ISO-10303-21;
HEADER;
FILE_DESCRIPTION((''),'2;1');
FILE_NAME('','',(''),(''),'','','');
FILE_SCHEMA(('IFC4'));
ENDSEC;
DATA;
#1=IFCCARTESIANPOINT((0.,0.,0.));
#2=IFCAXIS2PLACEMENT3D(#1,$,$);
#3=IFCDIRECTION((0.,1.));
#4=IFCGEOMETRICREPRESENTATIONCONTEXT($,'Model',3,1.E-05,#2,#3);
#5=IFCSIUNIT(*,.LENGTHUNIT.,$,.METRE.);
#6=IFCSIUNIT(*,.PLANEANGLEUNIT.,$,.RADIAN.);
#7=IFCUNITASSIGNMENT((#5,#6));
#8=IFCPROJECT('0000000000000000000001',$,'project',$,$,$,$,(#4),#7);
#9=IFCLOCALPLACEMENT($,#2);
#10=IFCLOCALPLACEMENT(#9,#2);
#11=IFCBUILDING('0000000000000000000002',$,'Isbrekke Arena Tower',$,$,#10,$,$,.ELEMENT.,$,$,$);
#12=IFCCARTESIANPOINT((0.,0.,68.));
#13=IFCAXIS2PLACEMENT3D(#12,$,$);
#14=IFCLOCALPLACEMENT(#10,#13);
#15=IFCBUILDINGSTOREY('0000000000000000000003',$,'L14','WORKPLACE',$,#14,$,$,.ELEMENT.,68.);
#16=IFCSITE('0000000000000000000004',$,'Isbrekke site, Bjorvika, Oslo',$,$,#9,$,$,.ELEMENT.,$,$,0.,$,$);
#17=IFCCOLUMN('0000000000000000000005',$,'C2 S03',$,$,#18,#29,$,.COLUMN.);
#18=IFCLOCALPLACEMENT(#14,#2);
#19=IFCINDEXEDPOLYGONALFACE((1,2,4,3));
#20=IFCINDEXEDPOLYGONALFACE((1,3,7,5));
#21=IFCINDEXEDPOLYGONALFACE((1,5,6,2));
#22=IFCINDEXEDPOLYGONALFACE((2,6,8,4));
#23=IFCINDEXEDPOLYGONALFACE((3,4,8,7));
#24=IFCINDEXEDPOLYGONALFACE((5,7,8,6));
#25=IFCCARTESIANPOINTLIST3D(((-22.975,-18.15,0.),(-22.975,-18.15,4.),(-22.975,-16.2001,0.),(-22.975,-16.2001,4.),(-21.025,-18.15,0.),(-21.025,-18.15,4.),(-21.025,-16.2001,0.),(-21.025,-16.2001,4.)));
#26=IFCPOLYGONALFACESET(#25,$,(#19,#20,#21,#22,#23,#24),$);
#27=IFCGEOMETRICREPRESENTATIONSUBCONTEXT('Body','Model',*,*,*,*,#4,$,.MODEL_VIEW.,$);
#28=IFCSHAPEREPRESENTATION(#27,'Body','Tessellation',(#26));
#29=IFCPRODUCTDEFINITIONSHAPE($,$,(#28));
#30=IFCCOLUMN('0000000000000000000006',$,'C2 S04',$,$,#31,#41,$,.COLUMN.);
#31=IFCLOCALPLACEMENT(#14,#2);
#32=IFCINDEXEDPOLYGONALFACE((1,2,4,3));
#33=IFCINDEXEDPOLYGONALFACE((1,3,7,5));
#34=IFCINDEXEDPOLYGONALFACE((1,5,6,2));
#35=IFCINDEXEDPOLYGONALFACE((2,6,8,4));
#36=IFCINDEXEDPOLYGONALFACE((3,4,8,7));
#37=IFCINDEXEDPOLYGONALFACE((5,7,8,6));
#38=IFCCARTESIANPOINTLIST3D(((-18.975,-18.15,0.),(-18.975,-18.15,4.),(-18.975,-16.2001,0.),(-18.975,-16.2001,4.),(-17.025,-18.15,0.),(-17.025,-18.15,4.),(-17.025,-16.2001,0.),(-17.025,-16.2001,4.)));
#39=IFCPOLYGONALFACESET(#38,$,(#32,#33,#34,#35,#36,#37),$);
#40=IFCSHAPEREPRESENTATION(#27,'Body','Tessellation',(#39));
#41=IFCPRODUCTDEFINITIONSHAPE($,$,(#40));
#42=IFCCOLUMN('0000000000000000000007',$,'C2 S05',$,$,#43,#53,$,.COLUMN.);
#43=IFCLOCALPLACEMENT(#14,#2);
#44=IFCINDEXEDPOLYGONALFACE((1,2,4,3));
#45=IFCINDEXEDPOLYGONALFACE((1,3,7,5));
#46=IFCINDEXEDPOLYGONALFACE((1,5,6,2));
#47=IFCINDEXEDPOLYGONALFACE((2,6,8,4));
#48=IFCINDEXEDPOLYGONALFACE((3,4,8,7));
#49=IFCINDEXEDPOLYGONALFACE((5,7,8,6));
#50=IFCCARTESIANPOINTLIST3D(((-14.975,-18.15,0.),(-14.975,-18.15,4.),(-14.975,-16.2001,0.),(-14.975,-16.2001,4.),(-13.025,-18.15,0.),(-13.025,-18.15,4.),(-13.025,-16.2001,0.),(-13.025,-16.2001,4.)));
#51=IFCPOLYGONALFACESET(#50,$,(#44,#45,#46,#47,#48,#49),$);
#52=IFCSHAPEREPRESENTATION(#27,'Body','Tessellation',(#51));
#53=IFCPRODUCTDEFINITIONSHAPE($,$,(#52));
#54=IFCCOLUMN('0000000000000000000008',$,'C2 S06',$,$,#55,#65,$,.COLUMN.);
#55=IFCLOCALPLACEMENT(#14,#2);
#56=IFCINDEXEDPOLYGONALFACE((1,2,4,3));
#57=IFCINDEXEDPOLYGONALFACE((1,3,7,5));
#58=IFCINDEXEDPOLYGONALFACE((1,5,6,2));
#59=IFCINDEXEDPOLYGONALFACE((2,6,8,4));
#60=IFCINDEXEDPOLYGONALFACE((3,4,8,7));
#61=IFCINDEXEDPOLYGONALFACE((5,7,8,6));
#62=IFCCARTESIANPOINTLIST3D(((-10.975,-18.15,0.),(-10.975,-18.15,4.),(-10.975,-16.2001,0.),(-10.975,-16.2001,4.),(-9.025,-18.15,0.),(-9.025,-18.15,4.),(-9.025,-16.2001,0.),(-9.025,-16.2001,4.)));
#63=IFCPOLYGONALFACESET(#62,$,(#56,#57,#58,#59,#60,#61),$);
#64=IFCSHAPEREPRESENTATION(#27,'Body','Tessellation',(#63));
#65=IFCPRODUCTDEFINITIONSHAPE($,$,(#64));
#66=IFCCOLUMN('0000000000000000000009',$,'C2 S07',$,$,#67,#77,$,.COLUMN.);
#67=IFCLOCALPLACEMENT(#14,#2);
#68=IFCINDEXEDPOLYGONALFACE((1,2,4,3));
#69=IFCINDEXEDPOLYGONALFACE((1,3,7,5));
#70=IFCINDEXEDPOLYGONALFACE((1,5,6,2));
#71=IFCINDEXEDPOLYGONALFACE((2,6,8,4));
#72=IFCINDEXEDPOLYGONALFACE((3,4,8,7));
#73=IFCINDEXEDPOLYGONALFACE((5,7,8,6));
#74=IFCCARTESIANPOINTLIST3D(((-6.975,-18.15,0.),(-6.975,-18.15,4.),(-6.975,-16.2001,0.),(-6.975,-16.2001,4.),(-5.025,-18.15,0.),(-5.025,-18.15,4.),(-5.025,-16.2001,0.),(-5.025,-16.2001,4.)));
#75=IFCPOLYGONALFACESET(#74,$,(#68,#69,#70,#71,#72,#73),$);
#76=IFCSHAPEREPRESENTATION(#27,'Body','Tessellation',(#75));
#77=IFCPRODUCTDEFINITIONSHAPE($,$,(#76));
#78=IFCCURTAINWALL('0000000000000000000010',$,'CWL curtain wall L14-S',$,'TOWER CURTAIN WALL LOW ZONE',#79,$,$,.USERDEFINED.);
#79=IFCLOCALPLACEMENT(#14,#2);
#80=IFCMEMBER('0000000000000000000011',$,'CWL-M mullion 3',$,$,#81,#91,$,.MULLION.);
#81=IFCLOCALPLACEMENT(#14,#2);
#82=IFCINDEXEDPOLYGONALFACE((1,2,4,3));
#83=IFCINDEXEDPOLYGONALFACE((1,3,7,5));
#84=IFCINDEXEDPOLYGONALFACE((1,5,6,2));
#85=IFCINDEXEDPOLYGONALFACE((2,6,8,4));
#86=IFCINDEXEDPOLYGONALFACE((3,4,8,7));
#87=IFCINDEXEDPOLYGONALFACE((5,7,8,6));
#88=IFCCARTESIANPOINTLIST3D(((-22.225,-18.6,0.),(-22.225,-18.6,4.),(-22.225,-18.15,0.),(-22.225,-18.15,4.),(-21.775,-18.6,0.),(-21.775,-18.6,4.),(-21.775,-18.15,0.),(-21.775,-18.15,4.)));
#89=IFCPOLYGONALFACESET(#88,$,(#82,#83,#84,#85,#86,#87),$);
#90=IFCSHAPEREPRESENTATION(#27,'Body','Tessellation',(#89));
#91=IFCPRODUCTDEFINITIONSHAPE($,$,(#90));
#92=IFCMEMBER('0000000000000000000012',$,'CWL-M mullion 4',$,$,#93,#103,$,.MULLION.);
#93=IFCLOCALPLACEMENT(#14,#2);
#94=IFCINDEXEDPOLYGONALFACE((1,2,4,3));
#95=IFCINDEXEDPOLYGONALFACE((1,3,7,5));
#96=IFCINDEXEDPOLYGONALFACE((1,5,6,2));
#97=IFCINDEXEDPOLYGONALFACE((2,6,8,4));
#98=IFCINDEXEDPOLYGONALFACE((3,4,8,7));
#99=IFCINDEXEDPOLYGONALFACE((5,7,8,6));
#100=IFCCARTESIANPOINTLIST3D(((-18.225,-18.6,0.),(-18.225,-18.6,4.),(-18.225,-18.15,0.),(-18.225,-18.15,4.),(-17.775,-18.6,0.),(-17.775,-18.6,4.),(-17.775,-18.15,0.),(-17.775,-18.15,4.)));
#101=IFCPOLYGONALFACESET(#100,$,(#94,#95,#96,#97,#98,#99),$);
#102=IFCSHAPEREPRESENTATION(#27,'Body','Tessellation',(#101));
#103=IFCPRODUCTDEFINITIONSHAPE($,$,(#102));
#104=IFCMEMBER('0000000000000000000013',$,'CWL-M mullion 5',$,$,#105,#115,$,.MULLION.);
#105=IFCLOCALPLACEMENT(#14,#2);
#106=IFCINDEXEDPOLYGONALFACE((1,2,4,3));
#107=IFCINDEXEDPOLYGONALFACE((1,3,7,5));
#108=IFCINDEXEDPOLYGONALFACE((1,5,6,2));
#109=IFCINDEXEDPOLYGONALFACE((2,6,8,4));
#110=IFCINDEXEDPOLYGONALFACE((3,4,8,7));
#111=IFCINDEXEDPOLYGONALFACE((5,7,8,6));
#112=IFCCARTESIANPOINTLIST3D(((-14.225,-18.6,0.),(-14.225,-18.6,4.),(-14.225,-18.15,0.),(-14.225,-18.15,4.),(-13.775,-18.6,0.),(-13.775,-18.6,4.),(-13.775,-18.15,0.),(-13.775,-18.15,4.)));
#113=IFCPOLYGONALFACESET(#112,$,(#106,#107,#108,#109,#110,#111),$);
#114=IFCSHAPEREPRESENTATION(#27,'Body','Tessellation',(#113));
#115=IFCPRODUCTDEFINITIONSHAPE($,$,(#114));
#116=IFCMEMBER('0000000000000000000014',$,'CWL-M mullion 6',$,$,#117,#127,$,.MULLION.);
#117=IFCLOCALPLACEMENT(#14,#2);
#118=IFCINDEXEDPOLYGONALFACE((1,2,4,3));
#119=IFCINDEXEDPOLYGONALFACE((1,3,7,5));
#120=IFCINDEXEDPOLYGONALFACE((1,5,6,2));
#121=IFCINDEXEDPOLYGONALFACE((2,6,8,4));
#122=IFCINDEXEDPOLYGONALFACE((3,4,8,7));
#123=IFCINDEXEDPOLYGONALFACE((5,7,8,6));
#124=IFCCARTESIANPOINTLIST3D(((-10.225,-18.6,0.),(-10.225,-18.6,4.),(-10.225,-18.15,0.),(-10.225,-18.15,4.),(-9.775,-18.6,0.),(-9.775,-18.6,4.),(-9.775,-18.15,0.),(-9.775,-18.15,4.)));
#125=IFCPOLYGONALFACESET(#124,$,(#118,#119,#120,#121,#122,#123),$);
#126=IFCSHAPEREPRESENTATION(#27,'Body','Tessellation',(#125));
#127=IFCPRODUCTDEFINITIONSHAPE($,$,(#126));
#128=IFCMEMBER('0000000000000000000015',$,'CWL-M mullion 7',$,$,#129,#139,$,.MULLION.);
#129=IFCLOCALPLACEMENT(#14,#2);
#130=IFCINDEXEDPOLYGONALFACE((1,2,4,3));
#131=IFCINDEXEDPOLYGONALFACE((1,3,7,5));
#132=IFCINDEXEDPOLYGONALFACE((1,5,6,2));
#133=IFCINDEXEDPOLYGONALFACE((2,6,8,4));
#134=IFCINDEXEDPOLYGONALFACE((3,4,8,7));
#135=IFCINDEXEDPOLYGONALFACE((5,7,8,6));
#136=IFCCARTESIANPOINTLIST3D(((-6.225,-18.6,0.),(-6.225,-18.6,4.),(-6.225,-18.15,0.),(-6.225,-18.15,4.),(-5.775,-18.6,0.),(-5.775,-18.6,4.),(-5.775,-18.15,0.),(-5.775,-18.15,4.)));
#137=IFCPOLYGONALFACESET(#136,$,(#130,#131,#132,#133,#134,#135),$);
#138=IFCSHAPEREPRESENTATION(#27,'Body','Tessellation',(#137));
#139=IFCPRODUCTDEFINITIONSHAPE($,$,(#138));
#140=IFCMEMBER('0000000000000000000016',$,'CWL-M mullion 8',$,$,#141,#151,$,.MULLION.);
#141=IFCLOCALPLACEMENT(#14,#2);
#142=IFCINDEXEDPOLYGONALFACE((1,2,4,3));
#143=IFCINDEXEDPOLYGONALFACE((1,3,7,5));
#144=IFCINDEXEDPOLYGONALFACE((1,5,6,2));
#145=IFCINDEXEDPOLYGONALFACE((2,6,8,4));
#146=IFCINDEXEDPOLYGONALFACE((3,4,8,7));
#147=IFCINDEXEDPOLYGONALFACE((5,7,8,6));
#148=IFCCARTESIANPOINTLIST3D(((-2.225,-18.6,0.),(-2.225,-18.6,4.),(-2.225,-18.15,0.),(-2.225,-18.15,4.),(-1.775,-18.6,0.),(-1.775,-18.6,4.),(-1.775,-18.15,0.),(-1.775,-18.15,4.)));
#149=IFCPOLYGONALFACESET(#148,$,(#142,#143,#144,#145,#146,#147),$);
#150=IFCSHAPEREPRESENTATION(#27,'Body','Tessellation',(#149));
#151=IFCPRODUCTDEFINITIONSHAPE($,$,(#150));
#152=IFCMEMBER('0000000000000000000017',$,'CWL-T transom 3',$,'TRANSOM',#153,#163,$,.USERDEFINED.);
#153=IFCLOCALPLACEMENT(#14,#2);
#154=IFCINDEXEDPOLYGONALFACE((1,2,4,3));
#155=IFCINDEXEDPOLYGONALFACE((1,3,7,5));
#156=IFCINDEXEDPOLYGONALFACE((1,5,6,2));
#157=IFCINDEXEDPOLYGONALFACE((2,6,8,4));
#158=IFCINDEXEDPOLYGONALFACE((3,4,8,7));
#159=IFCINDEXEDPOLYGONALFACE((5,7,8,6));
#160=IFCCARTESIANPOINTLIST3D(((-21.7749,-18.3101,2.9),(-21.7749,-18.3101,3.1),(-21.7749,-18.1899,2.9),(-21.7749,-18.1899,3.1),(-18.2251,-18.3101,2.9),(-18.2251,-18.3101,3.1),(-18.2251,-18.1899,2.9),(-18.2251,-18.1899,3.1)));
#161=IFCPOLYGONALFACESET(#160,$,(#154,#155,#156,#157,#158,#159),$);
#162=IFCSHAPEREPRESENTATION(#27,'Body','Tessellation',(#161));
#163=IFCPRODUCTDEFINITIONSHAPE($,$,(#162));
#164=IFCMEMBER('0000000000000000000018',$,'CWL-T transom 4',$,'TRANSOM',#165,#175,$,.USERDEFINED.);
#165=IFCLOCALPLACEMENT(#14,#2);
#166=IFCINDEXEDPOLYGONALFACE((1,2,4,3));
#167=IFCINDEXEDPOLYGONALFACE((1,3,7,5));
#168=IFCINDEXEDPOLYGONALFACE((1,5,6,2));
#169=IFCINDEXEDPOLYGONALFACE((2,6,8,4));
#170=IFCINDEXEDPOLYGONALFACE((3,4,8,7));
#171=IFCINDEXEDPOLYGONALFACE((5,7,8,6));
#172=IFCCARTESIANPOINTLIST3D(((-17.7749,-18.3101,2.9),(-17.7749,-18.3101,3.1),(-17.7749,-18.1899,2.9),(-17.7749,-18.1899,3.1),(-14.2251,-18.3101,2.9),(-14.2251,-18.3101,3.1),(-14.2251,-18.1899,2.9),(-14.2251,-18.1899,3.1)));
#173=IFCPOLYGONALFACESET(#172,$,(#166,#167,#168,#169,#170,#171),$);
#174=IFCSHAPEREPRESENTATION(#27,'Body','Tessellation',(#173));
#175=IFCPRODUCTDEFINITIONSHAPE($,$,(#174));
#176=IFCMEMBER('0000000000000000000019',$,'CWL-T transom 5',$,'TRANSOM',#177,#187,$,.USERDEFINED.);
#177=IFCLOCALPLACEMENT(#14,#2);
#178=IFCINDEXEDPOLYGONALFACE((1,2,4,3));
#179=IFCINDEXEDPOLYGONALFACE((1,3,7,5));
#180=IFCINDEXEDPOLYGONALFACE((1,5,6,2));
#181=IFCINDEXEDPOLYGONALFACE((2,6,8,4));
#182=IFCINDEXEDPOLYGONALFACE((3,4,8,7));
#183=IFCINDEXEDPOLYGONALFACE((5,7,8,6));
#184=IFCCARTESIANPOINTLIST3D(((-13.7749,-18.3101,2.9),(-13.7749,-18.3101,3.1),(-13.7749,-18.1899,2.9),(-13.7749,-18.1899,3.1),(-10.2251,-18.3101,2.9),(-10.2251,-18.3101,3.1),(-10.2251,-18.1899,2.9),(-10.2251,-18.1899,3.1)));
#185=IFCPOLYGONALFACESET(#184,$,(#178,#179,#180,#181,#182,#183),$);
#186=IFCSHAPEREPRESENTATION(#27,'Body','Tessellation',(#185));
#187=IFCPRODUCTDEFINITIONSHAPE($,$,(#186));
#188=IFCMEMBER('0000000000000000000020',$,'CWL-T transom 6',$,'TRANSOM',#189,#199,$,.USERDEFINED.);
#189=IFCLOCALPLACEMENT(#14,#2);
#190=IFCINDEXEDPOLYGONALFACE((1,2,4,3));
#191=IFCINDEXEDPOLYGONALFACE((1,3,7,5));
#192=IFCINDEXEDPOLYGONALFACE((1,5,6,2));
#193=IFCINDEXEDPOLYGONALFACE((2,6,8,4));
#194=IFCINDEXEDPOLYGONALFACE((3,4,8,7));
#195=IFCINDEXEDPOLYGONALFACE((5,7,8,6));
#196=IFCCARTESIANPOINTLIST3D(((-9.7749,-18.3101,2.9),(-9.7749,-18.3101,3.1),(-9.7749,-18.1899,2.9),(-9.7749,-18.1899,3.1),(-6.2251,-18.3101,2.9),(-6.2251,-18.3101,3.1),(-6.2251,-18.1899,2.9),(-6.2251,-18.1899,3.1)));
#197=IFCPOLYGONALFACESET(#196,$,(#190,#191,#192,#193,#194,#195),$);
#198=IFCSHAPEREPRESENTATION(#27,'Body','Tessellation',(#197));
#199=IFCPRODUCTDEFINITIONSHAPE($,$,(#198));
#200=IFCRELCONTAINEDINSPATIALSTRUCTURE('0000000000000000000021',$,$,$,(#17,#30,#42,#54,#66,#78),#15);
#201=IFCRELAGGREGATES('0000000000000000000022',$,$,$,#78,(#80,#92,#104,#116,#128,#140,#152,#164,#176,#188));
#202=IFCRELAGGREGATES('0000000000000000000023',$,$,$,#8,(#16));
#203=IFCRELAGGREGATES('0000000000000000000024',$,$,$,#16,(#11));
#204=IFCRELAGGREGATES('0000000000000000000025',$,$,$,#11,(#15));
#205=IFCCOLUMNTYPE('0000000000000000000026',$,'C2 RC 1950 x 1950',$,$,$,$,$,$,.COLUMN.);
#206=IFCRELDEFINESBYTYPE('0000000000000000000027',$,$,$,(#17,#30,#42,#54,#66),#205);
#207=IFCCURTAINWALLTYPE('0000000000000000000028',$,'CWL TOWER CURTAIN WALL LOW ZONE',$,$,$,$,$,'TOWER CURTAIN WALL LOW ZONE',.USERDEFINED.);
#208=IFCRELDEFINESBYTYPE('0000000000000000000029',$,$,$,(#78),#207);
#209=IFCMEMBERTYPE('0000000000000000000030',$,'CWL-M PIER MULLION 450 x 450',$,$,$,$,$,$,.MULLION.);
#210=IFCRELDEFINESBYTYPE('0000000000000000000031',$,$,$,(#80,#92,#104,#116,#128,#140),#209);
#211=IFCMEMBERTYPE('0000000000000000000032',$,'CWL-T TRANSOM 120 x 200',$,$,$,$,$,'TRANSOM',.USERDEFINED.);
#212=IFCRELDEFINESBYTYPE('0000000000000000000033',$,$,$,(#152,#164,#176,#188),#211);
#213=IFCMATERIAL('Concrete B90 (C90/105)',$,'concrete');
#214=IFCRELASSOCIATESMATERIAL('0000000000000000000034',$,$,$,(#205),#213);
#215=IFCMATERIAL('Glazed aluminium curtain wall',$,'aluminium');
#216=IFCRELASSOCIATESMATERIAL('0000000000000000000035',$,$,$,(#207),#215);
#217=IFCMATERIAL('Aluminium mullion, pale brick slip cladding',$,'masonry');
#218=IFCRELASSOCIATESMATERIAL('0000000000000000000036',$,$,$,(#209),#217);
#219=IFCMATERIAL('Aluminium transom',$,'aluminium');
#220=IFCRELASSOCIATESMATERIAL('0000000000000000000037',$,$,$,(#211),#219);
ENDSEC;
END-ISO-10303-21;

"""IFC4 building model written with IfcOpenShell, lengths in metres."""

from ifc_helpers import new_model, si_unit, direction, frame, origin, origin_2d, place, context, subcontext, project, spatial, rectangle, extrude, material, material_profile, profile_set, type_object, element, aggregate, save


model = new_model("IFC4")

# Units and contexts
model_context = context("Model", 3, precision=1e-05, world=origin(), true_north=direction((0.0, 1.0)))
body_context = subcontext(model_context, "Body", "Model", "MODEL_VIEW")
ifc_project = project(units=[si_unit("LENGTHUNIT", "METRE"), si_unit("PLANEANGLEUNIT", "RADIAN")], contexts=[model_context])

# Site, building, storey
site_placement = place(None, origin())
site = spatial("IfcSite", under=ifc_project, at=site_placement, Name="Isbrekke site, Bjorvika, Oslo", CompositionType="ELEMENT", RefElevation=0.0)
building_placement = place(site_placement, origin())
building = spatial("IfcBuilding", under=site, at=building_placement, Name="Isbrekke Arena Tower", CompositionType="ELEMENT")
storey_placement = place(building_placement, frame((0.0, 0.0, 68.0)))
storey = spatial("IfcBuildingStorey", under=building, at=storey_placement, Name="L14", Description="WORKPLACE", CompositionType="ELEMENT", Elevation=68.0)

# Columns
ifc_material_1 = material(Name="Concrete B90 (C90/105)", Category="concrete")
ifc_material_profile_1 = material_profile(ifc_material_1, rectangle(XDim=1.95, YDim=1.95, at=origin_2d()), Name="RC 1950x1950")
ifc_profile_set_1 = profile_set([ifc_material_profile_1], Name="Concrete B90 (C90/105)")
column_type = type_object("IfcColumnType", Name="C2 RC 1950 x 1950", PredefinedType="COLUMN", material=ifc_profile_set_1)
for number, where, z_axis, x_axis, name in (
    (1, (-22.0, -17.175, 0.0), (0.0, 0.0, 1.0), (1.0, 0.0, 0.0), "C2 S03"),
    (2, (-18.0, -17.175, 0.0), (0.0, 0.0, 1.0), (1.0, 0.0, 0.0), "C2 S04"),
    (3, (-14.0, -17.175, 0.0), (0.0, 0.0, 1.0), (1.0, 0.0, 0.0), "C2 S05"),
    (4, (-10.0, -17.175, 0.0), (0.0, 0.0, 1.0), (1.0, 0.0, 0.0), "C2 S06"),
    (5, (-6.0, -17.175, 0.0), (0.0, 0.0, 1.0), (1.0, 0.0, 0.0), "C2 S07"),
):
    element("IfcColumn", number, at=place(storey_placement, frame(where, z_axis=z_axis, x_axis=x_axis)), inside=storey, type_object=column_type, Name=name, PredefinedType="COLUMN", context=body_context, shape_type="SweptSolid", body=[
        extrude(rectangle(XDim=1.95, YDim=1.95, at=origin_2d()), origin(), (0.0, 0.0, 1.0), 4.0),
    ])

# Curtain wall, members
ifc_material_2 = material(Name="Glazed aluminium curtain wall", Category="aluminium")
curtain_wall_type = type_object("IfcCurtainWallType", Name="CWL TOWER CURTAIN WALL LOW ZONE", ElementType="TOWER CURTAIN WALL LOW ZONE", PredefinedType="USERDEFINED", material=ifc_material_2)
curtain_wall_placement = place(storey_placement, origin())
curtain_wall = element("IfcCurtainWall", 6, at=curtain_wall_placement, inside=storey, type_object=curtain_wall_type, Name="CWL curtain wall L14-S", ObjectType="TOWER CURTAIN WALL LOW ZONE", PredefinedType="USERDEFINED")
ifc_material_3 = material(Name="Aluminium mullion, pale brick slip cladding", Category="masonry")
ifc_material_profile_2 = material_profile(ifc_material_3, rectangle(XDim=0.45, YDim=0.45, at=origin_2d()), Name="PIER 450X450")
ifc_profile_set_2 = profile_set([ifc_material_profile_2], Name="Aluminium mullion, pale brick slip cladding")
member_type_1 = type_object("IfcMemberType", Name="CWL-M PIER MULLION 450 x 450", PredefinedType="MULLION", material=ifc_profile_set_2)
member_1_placement = place(storey_placement, frame((-22.0, -18.375, 0.0), z_axis=(0.0, 0.0, 1.0), x_axis=(1.0, 0.0, 0.0)))
member_1 = element("IfcMember", 7, at=member_1_placement, type_object=member_type_1, Name="CWL-M mullion 3", PredefinedType="MULLION", context=body_context, shape_type="SweptSolid", body=[
    extrude(rectangle(XDim=0.45, YDim=0.45, at=origin_2d()), origin(), (0.0, 0.0, 1.0), 4.0),
])
member_2_placement = place(storey_placement, frame((-18.0, -18.375, 0.0), z_axis=(0.0, 0.0, 1.0), x_axis=(1.0, 0.0, 0.0)))
member_2 = element("IfcMember", 8, at=member_2_placement, type_object=member_type_1, Name="CWL-M mullion 4", PredefinedType="MULLION", context=body_context, shape_type="SweptSolid", body=[
    extrude(rectangle(XDim=0.45, YDim=0.45, at=origin_2d()), origin(), (0.0, 0.0, 1.0), 4.0),
])
member_3_placement = place(storey_placement, frame((-14.0, -18.375, 0.0), z_axis=(0.0, 0.0, 1.0), x_axis=(1.0, 0.0, 0.0)))
member_3 = element("IfcMember", 9, at=member_3_placement, type_object=member_type_1, Name="CWL-M mullion 5", PredefinedType="MULLION", context=body_context, shape_type="SweptSolid", body=[
    extrude(rectangle(XDim=0.45, YDim=0.45, at=origin_2d()), origin(), (0.0, 0.0, 1.0), 4.0),
])
member_4_placement = place(storey_placement, frame((-10.0, -18.375, 0.0), z_axis=(0.0, 0.0, 1.0), x_axis=(1.0, 0.0, 0.0)))
member_4 = element("IfcMember", 10, at=member_4_placement, type_object=member_type_1, Name="CWL-M mullion 6", PredefinedType="MULLION", context=body_context, shape_type="SweptSolid", body=[
    extrude(rectangle(XDim=0.45, YDim=0.45, at=origin_2d()), origin(), (0.0, 0.0, 1.0), 4.0),
])
member_5_placement = place(storey_placement, frame((-6.0, -18.375, 0.0), z_axis=(0.0, 0.0, 1.0), x_axis=(1.0, 0.0, 0.0)))
member_5 = element("IfcMember", 11, at=member_5_placement, type_object=member_type_1, Name="CWL-M mullion 7", PredefinedType="MULLION", context=body_context, shape_type="SweptSolid", body=[
    extrude(rectangle(XDim=0.45, YDim=0.45, at=origin_2d()), origin(), (0.0, 0.0, 1.0), 4.0),
])
member_6_placement = place(storey_placement, frame((-2.0, -18.375, 0.0), z_axis=(0.0, 0.0, 1.0), x_axis=(1.0, 0.0, 0.0)))
member_6 = element("IfcMember", 12, at=member_6_placement, type_object=member_type_1, Name="CWL-M mullion 8", PredefinedType="MULLION", context=body_context, shape_type="SweptSolid", body=[
    extrude(rectangle(XDim=0.45, YDim=0.45, at=origin_2d()), origin(), (0.0, 0.0, 1.0), 4.0),
])
ifc_material_4 = material(Name="Aluminium transom", Category="aluminium")
ifc_material_profile_3 = material_profile(ifc_material_4, rectangle(XDim=0.1201, YDim=0.2, at=origin_2d()), Name="TRANSOM 120X200")
ifc_profile_set_3 = profile_set([ifc_material_profile_3], Name="Aluminium transom")
member_type_2 = type_object("IfcMemberType", Name="CWL-T TRANSOM 120 x 200", ElementType="TRANSOM", PredefinedType="USERDEFINED", material=ifc_profile_set_3)
member_7_placement = place(storey_placement, frame((-21.7749, -18.25, 3.0), z_axis=(1.0, 0.0, 0.0), x_axis=(0.0, 1.0, 0.0)))
member_7 = element("IfcMember", 13, at=member_7_placement, type_object=member_type_2, Name="CWL-T transom 3", ObjectType="TRANSOM", PredefinedType="USERDEFINED", context=body_context, shape_type="SweptSolid", body=[
    extrude(rectangle(XDim=0.1201, YDim=0.2, at=origin_2d()), origin(), (0.0, 0.0, 1.0), 3.5498),
])
member_8_placement = place(storey_placement, frame((-17.7749, -18.25, 3.0), z_axis=(1.0, 0.0, 0.0), x_axis=(0.0, 1.0, 0.0)))
member_8 = element("IfcMember", 14, at=member_8_placement, type_object=member_type_2, Name="CWL-T transom 4", ObjectType="TRANSOM", PredefinedType="USERDEFINED", context=body_context, shape_type="SweptSolid", body=[
    extrude(rectangle(XDim=0.1201, YDim=0.2, at=origin_2d()), origin(), (0.0, 0.0, 1.0), 3.5498),
])
member_9_placement = place(storey_placement, frame((-13.7749, -18.25, 3.0), z_axis=(1.0, 0.0, 0.0), x_axis=(0.0, 1.0, 0.0)))
member_9 = element("IfcMember", 15, at=member_9_placement, type_object=member_type_2, Name="CWL-T transom 5", ObjectType="TRANSOM", PredefinedType="USERDEFINED", context=body_context, shape_type="SweptSolid", body=[
    extrude(rectangle(XDim=0.1201, YDim=0.2, at=origin_2d()), origin(), (0.0, 0.0, 1.0), 3.5498),
])
member_10_placement = place(storey_placement, frame((-9.7749, -18.25, 3.0), z_axis=(1.0, 0.0, 0.0), x_axis=(0.0, 1.0, 0.0)))
member_10 = element("IfcMember", 16, at=member_10_placement, type_object=member_type_2, Name="CWL-T transom 6", ObjectType="TRANSOM", PredefinedType="USERDEFINED", context=body_context, shape_type="SweptSolid", body=[
    extrude(rectangle(XDim=0.1201, YDim=0.2, at=origin_2d()), origin(), (0.0, 0.0, 1.0), 3.5498),
])

aggregate(curtain_wall, [member_1, member_2, member_3, member_4, member_5, member_6, member_7, member_8, member_9, member_10])

save(model, "model.ifc")
